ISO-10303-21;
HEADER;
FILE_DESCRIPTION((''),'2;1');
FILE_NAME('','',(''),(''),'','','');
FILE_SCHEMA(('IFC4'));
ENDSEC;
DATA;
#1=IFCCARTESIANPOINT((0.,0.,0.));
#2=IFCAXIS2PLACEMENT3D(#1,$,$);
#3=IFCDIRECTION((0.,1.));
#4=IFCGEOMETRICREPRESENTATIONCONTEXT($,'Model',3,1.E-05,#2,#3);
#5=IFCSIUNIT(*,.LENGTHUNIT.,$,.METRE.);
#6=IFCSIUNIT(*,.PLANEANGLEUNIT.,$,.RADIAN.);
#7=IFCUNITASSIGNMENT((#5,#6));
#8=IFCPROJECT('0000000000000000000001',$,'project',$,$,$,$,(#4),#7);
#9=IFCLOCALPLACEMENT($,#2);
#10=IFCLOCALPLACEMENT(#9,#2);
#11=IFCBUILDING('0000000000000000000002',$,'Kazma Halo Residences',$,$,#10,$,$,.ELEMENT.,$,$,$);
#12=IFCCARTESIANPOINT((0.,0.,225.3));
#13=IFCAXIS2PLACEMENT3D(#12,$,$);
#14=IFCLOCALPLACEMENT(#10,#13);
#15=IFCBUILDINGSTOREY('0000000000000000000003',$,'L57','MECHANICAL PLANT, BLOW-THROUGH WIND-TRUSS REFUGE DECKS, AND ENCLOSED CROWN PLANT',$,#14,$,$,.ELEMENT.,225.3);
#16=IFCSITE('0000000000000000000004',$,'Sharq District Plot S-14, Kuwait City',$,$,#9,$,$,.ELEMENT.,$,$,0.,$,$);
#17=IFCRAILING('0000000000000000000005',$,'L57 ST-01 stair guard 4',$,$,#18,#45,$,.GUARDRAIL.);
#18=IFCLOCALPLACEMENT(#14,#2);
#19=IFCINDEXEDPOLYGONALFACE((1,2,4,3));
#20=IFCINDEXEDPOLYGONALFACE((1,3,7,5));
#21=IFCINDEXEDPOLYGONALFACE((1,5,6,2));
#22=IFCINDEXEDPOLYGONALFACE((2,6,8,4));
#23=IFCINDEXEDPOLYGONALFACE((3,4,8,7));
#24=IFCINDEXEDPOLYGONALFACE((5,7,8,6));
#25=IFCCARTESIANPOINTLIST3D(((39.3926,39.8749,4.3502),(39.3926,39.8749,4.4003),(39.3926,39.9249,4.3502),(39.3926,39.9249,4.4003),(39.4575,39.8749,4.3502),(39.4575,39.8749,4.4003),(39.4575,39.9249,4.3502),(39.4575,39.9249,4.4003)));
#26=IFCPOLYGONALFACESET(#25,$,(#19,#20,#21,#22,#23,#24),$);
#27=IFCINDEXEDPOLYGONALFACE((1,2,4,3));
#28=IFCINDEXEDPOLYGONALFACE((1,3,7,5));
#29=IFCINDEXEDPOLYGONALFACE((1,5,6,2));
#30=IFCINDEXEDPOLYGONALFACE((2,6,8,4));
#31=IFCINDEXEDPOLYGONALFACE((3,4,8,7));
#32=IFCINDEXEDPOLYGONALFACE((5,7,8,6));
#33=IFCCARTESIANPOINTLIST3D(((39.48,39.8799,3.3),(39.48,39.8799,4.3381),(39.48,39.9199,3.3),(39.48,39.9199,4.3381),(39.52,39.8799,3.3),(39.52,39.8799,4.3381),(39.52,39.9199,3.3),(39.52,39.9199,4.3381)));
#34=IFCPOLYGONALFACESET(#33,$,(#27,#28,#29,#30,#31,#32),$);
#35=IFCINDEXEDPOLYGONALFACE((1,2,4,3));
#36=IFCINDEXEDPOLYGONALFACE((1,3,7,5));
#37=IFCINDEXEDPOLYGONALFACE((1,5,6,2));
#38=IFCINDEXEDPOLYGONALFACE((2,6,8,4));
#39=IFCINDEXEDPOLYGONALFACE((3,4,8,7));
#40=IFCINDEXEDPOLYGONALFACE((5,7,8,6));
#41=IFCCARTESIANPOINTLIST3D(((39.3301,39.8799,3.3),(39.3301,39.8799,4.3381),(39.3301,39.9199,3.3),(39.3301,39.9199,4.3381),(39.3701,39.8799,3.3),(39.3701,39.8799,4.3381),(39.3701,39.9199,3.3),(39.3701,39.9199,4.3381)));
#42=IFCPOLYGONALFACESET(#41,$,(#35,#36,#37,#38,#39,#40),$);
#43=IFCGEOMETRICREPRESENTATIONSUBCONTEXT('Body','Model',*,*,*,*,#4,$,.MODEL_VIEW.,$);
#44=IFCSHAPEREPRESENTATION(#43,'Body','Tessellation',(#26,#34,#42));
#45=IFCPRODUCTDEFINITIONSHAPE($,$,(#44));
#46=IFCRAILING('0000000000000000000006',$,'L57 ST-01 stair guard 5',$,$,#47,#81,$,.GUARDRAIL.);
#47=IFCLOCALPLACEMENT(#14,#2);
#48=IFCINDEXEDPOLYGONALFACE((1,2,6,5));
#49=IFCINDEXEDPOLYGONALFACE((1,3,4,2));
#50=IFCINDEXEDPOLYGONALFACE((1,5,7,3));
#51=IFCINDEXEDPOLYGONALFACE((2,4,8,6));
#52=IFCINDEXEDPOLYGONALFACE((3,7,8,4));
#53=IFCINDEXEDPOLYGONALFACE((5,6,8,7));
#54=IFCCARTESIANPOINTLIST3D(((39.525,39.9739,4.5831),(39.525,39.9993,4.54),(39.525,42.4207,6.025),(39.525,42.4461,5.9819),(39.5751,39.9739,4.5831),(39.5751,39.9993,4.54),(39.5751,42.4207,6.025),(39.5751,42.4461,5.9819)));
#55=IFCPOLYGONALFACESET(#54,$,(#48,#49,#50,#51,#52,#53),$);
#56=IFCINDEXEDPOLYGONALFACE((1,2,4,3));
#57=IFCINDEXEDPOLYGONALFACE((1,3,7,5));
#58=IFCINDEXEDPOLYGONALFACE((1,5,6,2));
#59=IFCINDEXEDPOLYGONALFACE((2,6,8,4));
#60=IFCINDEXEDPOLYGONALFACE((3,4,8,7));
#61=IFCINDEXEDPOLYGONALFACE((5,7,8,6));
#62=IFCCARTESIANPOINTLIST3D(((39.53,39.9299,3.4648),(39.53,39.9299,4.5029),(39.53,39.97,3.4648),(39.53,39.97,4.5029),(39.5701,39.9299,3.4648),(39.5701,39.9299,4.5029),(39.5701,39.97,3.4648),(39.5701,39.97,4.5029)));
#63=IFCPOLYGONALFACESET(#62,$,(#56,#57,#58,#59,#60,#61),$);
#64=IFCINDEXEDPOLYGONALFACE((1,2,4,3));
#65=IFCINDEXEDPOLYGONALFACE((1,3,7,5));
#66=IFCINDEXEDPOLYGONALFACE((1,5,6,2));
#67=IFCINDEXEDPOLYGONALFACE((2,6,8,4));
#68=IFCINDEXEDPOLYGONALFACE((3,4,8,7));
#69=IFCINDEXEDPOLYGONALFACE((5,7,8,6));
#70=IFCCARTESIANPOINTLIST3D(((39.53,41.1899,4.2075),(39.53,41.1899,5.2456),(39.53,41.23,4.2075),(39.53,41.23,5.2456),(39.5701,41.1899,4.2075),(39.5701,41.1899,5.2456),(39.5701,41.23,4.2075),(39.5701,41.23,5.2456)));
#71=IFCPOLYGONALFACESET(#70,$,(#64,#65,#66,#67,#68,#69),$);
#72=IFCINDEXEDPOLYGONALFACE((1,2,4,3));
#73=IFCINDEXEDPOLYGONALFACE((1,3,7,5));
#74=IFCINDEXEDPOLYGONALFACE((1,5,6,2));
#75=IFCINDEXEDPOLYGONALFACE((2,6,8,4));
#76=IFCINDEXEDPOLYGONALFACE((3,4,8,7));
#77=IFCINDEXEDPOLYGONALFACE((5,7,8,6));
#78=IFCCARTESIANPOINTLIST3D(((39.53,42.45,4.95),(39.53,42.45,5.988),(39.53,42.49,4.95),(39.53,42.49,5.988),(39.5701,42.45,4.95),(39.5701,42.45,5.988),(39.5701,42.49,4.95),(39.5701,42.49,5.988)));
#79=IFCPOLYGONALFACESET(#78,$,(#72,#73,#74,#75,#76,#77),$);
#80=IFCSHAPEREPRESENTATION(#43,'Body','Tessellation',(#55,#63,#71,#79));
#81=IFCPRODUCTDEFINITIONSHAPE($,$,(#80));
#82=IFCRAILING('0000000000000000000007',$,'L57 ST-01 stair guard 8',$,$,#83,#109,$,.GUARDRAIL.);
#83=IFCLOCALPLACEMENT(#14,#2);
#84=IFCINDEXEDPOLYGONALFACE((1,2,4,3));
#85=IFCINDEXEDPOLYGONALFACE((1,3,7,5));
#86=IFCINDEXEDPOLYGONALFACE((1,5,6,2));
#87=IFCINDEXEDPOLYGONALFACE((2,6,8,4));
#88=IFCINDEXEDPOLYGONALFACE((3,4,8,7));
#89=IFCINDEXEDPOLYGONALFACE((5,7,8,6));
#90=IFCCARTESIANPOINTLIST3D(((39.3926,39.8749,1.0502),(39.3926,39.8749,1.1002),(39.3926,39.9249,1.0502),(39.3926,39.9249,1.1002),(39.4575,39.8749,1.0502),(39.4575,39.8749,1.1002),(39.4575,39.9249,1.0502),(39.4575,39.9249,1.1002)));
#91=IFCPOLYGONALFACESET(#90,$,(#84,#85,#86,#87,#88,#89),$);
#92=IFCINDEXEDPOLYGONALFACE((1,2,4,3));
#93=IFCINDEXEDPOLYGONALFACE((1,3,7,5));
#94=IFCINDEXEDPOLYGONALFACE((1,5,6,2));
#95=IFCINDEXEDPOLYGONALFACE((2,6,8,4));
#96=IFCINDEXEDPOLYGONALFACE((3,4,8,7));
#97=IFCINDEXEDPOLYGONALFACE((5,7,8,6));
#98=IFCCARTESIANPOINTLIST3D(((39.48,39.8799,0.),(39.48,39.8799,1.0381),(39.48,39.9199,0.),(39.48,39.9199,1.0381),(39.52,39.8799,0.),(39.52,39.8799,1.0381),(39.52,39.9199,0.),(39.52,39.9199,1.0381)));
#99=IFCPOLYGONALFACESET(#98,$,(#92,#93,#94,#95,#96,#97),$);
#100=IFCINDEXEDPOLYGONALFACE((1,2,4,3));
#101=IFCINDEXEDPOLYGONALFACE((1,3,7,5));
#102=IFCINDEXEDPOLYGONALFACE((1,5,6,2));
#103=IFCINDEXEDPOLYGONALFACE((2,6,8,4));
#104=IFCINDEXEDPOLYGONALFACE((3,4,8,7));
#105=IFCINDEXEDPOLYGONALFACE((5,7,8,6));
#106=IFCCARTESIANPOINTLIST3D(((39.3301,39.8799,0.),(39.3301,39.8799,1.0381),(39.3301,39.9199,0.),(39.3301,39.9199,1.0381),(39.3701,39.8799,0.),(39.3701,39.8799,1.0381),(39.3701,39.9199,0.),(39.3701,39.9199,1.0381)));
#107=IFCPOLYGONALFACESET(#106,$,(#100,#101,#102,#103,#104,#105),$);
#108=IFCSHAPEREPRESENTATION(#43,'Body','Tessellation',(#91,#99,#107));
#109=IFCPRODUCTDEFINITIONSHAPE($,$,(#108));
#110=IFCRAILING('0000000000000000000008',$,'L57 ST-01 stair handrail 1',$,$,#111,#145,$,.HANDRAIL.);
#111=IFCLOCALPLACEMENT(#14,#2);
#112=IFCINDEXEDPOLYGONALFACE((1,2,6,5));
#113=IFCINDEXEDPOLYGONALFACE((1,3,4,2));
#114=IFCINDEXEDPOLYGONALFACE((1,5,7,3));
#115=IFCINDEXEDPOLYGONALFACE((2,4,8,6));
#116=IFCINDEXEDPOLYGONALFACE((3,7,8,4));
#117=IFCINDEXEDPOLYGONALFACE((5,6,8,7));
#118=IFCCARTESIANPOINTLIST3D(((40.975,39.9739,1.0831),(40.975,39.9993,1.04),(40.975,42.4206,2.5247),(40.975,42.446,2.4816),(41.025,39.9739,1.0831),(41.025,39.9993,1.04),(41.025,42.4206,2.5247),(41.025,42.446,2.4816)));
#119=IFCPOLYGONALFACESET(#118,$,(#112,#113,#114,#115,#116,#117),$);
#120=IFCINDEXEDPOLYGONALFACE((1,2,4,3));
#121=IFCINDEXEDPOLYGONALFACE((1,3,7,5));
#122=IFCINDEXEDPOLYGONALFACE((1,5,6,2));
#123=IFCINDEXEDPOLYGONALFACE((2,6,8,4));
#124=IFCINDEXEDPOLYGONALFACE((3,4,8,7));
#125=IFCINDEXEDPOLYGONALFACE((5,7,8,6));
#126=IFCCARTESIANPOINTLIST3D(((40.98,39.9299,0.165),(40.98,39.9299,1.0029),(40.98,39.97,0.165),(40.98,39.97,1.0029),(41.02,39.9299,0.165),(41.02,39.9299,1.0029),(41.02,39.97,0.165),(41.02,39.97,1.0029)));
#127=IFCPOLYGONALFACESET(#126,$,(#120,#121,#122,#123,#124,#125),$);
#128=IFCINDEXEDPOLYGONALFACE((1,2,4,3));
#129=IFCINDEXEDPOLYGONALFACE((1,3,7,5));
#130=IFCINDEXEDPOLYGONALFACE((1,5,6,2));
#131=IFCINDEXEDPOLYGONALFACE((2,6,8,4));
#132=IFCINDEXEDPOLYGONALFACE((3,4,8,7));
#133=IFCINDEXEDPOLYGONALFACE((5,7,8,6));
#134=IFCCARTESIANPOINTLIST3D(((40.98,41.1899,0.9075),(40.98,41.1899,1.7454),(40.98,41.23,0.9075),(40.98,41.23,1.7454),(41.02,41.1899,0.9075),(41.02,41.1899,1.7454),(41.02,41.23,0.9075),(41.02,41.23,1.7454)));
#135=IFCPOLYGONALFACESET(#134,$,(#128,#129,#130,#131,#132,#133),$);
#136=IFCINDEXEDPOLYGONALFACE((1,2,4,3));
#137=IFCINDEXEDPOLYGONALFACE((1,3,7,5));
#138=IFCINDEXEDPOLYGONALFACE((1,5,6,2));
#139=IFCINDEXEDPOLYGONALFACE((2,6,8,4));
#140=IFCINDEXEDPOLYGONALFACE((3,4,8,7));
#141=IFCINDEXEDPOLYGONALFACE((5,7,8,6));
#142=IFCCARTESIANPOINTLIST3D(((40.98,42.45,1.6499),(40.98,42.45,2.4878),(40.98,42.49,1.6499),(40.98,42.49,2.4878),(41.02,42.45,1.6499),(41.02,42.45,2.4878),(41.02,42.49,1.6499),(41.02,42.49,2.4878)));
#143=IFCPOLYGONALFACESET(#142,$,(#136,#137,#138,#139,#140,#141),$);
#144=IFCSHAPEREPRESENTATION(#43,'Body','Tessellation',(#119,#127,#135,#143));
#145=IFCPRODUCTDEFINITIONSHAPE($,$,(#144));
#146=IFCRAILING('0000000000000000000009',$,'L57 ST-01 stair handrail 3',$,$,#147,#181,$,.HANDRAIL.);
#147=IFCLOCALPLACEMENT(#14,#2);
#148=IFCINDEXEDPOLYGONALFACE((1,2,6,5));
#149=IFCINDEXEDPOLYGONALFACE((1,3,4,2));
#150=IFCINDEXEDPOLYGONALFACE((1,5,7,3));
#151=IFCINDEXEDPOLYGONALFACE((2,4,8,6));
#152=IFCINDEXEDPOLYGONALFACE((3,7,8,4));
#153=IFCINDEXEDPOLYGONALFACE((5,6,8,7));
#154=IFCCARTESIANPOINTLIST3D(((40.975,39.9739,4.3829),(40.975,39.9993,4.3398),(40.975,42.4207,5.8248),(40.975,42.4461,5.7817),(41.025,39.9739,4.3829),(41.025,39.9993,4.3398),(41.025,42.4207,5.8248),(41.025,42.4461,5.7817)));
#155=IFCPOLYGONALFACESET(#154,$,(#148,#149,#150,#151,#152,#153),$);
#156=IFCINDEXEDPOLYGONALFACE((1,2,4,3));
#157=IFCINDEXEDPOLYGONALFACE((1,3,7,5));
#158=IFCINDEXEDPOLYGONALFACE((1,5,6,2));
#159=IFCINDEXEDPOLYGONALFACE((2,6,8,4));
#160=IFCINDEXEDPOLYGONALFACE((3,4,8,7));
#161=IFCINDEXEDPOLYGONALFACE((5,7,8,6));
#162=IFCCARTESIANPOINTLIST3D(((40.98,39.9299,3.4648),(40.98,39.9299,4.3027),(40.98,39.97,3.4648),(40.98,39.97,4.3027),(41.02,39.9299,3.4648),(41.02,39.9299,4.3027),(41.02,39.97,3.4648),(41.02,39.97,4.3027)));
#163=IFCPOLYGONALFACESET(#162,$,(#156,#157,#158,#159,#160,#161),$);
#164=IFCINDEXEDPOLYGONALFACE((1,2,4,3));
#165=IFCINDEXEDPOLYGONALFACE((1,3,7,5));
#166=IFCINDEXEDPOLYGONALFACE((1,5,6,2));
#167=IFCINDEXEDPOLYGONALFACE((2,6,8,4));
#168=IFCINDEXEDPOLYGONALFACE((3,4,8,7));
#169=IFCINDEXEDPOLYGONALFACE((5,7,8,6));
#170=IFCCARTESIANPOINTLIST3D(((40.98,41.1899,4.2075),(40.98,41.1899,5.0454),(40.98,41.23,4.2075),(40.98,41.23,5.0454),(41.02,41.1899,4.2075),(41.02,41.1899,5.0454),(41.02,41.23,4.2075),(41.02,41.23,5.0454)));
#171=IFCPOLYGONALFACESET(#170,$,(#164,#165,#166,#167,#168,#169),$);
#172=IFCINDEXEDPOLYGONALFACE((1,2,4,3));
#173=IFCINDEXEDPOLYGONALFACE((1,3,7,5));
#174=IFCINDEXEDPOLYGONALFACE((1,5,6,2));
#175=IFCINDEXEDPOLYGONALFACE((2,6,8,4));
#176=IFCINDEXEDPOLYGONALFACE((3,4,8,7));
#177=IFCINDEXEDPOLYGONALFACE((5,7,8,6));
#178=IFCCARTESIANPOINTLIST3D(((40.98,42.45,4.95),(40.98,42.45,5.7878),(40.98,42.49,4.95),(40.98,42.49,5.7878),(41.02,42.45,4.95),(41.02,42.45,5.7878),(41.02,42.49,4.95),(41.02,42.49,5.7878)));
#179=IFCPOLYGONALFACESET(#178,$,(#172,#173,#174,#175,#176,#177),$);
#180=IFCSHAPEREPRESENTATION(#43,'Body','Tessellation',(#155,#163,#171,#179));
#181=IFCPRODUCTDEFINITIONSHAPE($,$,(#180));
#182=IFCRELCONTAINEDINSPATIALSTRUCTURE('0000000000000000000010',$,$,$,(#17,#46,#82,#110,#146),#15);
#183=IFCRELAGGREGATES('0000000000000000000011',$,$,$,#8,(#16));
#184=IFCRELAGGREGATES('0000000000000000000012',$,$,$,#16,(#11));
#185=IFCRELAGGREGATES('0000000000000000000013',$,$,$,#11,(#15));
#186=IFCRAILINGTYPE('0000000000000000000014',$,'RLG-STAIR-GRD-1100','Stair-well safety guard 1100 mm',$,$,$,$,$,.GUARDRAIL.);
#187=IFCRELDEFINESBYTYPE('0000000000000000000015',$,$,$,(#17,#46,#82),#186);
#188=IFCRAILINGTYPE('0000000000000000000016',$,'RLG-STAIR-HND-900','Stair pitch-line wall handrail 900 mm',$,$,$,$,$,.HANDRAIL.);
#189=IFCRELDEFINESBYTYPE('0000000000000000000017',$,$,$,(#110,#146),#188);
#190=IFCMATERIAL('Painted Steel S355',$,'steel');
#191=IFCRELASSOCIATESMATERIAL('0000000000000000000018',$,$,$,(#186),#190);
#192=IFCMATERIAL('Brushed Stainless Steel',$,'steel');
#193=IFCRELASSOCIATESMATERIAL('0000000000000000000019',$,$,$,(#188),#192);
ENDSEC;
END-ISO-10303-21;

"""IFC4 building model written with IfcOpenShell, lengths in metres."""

from ifc_helpers import new_model, si_unit, direction, frame, origin, origin_2d, place, context, subcontext, project, spatial, rectangle, extrude, material, type_object, element, save


model = new_model("IFC4")

# Units and contexts
model_context = context("Model", 3, precision=1e-05, world=origin(), true_north=direction((0.0, 1.0)))
body_context = subcontext(model_context, "Body", "Model", "MODEL_VIEW")
ifc_project = project(units=[si_unit("LENGTHUNIT", "METRE"), si_unit("PLANEANGLEUNIT", "RADIAN")], contexts=[model_context])

# Site, building, storey
site_placement = place(None, origin())
site = spatial("IfcSite", under=ifc_project, at=site_placement, Name="Sharq District Plot S-14, Kuwait City", CompositionType="ELEMENT", RefElevation=0.0)
building_placement = place(site_placement, origin())
building = spatial("IfcBuilding", under=site, at=building_placement, Name="Kazma Halo Residences", CompositionType="ELEMENT")
storey_placement = place(building_placement, frame((0.0, 0.0, 225.3)))
storey = spatial("IfcBuildingStorey", under=building, at=storey_placement, Name="L57", Description="MECHANICAL PLANT, BLOW-THROUGH WIND-TRUSS REFUGE DECKS, AND ENCLOSED CROWN PLANT", CompositionType="ELEMENT", Elevation=225.3)

# Railings
ifc_material_1 = material(Name="Painted Steel S355", Category="steel")
railing_type_1 = type_object("IfcRailingType", Name="RLG-STAIR-GRD-1100", Description="Stair-well safety guard 1100 mm", PredefinedType="GUARDRAIL", material=ifc_material_1)
railing_1_placement = place(storey_placement, frame((39.5, 39.8999, 3.3)))
element("IfcRailing", 1, at=railing_1_placement, inside=storey, type_object=railing_type_1, Name="L57 ST-01 stair guard 4", PredefinedType="GUARDRAIL", context=body_context, shape_type="SweptSolid", body=[
    extrude(rectangle(XDim=0.05, YDim=0.05, at=origin_2d()), frame((-0.0425, 0.0, 1.0752), z_axis=(-1.0, 0.0, 0.0), x_axis=(0.0, -1.0, 0.0)), (0.0, 0.0, 1.0), 0.0649),
    extrude(rectangle(XDim=0.04, YDim=0.04, at=origin_2d()), origin(), (0.0, 0.0, 1.0), 1.0381),
    extrude(rectangle(XDim=0.04, YDim=0.04, at=origin_2d()), frame((-0.1499, 0.0, 0.0)), (0.0, 0.0, 1.0), 1.0381),
])
railing_2_placement = place(storey_placement, frame((39.55, 39.95, 3.4648)))
element("IfcRailing", 2, at=railing_2_placement, inside=storey, type_object=railing_type_1, Name="L57 ST-01 stair guard 5", PredefinedType="GUARDRAIL", context=body_context, shape_type="SweptSolid", body=[
    extrude(rectangle(XDim=0.05, YDim=0.05, at=origin_2d()), frame((0.0, 0.0366, 1.0967), z_axis=(0.0, 0.861524, 0.507717), x_axis=(-1.0, 0.0, 0.0)), (0.0, 0.0, 1.0), 2.8401),
    extrude(rectangle(XDim=0.04, YDim=0.04, at=origin_2d()), origin(), (0.0, 0.0, 1.0), 1.0381),
    extrude(rectangle(XDim=0.04, YDim=0.04, at=origin_2d()), frame((0.0, 1.26, 0.7427)), (0.0, 0.0, 1.0), 1.0381),
    extrude(rectangle(XDim=0.04, YDim=0.04, at=origin_2d()), frame((0.0, 2.52, 1.4851)), (0.0, 0.0, 1.0), 1.0381),
])
railing_3_placement = place(storey_placement, frame((39.5, 39.8999, 0.0)))
element("IfcRailing", 3, at=railing_3_placement, inside=storey, type_object=railing_type_1, Name="L57 ST-01 stair guard 8", PredefinedType="GUARDRAIL", context=body_context, shape_type="SweptSolid", body=[
    extrude(rectangle(XDim=0.05, YDim=0.05, at=origin_2d()), frame((-0.0425, 0.0, 1.0752), z_axis=(-1.0, 0.0, 0.0), x_axis=(0.0, -1.0, 0.0)), (0.0, 0.0, 1.0), 0.0649),
    extrude(rectangle(XDim=0.04, YDim=0.04, at=origin_2d()), origin(), (0.0, 0.0, 1.0), 1.0381),
    extrude(rectangle(XDim=0.04, YDim=0.04, at=origin_2d()), frame((-0.1499, 0.0, 0.0)), (0.0, 0.0, 1.0), 1.0381),
])
ifc_material_2 = material(Name="Brushed Stainless Steel", Category="steel")
railing_type_2 = type_object("IfcRailingType", Name="RLG-STAIR-HND-900", Description="Stair pitch-line wall handrail 900 mm", PredefinedType="HANDRAIL", material=ifc_material_2)
railing_4_placement = place(storey_placement, frame((41.0, 39.95, 0.165)))
element("IfcRailing", 4, at=railing_4_placement, inside=storey, type_object=railing_type_2, Name="L57 ST-01 stair handrail 1", PredefinedType="HANDRAIL", context=body_context, shape_type="SweptSolid", body=[
    extrude(rectangle(XDim=0.05, YDim=0.05, at=origin_2d()), frame((0.0, 0.0366, 0.8965), z_axis=(0.0, 0.861561, 0.507655), x_axis=(-1.0, 0.0, 0.0)), (0.0, 0.0, 1.0), 2.8398),
    extrude(rectangle(XDim=0.04, YDim=0.04, at=origin_2d()), origin(), (0.0, 0.0, 1.0), 0.8379),
    extrude(rectangle(XDim=0.04, YDim=0.04, at=origin_2d()), frame((0.0, 1.26, 0.7424)), (0.0, 0.0, 1.0), 0.8379),
    extrude(rectangle(XDim=0.04, YDim=0.04, at=origin_2d()), frame((0.0, 2.52, 1.4849)), (0.0, 0.0, 1.0), 0.8379),
])
railing_5_placement = place(storey_placement, frame((41.0, 39.95, 3.4648)))
element("IfcRailing", 5, at=railing_5_placement, inside=storey, type_object=railing_type_2, Name="L57 ST-01 stair handrail 3", PredefinedType="HANDRAIL", context=body_context, shape_type="SweptSolid", body=[
    extrude(rectangle(XDim=0.05, YDim=0.05, at=origin_2d()), frame((0.0, 0.0366, 0.8965), z_axis=(0.0, 0.861524, 0.507717), x_axis=(-1.0, 0.0, 0.0)), (0.0, 0.0, 1.0), 2.8401),
    extrude(rectangle(XDim=0.04, YDim=0.04, at=origin_2d()), origin(), (0.0, 0.0, 1.0), 0.8379),
    extrude(rectangle(XDim=0.04, YDim=0.04, at=origin_2d()), frame((0.0, 1.26, 0.7427)), (0.0, 0.0, 1.0), 0.8379),
    extrude(rectangle(XDim=0.04, YDim=0.04, at=origin_2d()), frame((0.0, 2.52, 1.4851)), (0.0, 0.0, 1.0), 0.8379),
])

save(model, "model.ifc")
